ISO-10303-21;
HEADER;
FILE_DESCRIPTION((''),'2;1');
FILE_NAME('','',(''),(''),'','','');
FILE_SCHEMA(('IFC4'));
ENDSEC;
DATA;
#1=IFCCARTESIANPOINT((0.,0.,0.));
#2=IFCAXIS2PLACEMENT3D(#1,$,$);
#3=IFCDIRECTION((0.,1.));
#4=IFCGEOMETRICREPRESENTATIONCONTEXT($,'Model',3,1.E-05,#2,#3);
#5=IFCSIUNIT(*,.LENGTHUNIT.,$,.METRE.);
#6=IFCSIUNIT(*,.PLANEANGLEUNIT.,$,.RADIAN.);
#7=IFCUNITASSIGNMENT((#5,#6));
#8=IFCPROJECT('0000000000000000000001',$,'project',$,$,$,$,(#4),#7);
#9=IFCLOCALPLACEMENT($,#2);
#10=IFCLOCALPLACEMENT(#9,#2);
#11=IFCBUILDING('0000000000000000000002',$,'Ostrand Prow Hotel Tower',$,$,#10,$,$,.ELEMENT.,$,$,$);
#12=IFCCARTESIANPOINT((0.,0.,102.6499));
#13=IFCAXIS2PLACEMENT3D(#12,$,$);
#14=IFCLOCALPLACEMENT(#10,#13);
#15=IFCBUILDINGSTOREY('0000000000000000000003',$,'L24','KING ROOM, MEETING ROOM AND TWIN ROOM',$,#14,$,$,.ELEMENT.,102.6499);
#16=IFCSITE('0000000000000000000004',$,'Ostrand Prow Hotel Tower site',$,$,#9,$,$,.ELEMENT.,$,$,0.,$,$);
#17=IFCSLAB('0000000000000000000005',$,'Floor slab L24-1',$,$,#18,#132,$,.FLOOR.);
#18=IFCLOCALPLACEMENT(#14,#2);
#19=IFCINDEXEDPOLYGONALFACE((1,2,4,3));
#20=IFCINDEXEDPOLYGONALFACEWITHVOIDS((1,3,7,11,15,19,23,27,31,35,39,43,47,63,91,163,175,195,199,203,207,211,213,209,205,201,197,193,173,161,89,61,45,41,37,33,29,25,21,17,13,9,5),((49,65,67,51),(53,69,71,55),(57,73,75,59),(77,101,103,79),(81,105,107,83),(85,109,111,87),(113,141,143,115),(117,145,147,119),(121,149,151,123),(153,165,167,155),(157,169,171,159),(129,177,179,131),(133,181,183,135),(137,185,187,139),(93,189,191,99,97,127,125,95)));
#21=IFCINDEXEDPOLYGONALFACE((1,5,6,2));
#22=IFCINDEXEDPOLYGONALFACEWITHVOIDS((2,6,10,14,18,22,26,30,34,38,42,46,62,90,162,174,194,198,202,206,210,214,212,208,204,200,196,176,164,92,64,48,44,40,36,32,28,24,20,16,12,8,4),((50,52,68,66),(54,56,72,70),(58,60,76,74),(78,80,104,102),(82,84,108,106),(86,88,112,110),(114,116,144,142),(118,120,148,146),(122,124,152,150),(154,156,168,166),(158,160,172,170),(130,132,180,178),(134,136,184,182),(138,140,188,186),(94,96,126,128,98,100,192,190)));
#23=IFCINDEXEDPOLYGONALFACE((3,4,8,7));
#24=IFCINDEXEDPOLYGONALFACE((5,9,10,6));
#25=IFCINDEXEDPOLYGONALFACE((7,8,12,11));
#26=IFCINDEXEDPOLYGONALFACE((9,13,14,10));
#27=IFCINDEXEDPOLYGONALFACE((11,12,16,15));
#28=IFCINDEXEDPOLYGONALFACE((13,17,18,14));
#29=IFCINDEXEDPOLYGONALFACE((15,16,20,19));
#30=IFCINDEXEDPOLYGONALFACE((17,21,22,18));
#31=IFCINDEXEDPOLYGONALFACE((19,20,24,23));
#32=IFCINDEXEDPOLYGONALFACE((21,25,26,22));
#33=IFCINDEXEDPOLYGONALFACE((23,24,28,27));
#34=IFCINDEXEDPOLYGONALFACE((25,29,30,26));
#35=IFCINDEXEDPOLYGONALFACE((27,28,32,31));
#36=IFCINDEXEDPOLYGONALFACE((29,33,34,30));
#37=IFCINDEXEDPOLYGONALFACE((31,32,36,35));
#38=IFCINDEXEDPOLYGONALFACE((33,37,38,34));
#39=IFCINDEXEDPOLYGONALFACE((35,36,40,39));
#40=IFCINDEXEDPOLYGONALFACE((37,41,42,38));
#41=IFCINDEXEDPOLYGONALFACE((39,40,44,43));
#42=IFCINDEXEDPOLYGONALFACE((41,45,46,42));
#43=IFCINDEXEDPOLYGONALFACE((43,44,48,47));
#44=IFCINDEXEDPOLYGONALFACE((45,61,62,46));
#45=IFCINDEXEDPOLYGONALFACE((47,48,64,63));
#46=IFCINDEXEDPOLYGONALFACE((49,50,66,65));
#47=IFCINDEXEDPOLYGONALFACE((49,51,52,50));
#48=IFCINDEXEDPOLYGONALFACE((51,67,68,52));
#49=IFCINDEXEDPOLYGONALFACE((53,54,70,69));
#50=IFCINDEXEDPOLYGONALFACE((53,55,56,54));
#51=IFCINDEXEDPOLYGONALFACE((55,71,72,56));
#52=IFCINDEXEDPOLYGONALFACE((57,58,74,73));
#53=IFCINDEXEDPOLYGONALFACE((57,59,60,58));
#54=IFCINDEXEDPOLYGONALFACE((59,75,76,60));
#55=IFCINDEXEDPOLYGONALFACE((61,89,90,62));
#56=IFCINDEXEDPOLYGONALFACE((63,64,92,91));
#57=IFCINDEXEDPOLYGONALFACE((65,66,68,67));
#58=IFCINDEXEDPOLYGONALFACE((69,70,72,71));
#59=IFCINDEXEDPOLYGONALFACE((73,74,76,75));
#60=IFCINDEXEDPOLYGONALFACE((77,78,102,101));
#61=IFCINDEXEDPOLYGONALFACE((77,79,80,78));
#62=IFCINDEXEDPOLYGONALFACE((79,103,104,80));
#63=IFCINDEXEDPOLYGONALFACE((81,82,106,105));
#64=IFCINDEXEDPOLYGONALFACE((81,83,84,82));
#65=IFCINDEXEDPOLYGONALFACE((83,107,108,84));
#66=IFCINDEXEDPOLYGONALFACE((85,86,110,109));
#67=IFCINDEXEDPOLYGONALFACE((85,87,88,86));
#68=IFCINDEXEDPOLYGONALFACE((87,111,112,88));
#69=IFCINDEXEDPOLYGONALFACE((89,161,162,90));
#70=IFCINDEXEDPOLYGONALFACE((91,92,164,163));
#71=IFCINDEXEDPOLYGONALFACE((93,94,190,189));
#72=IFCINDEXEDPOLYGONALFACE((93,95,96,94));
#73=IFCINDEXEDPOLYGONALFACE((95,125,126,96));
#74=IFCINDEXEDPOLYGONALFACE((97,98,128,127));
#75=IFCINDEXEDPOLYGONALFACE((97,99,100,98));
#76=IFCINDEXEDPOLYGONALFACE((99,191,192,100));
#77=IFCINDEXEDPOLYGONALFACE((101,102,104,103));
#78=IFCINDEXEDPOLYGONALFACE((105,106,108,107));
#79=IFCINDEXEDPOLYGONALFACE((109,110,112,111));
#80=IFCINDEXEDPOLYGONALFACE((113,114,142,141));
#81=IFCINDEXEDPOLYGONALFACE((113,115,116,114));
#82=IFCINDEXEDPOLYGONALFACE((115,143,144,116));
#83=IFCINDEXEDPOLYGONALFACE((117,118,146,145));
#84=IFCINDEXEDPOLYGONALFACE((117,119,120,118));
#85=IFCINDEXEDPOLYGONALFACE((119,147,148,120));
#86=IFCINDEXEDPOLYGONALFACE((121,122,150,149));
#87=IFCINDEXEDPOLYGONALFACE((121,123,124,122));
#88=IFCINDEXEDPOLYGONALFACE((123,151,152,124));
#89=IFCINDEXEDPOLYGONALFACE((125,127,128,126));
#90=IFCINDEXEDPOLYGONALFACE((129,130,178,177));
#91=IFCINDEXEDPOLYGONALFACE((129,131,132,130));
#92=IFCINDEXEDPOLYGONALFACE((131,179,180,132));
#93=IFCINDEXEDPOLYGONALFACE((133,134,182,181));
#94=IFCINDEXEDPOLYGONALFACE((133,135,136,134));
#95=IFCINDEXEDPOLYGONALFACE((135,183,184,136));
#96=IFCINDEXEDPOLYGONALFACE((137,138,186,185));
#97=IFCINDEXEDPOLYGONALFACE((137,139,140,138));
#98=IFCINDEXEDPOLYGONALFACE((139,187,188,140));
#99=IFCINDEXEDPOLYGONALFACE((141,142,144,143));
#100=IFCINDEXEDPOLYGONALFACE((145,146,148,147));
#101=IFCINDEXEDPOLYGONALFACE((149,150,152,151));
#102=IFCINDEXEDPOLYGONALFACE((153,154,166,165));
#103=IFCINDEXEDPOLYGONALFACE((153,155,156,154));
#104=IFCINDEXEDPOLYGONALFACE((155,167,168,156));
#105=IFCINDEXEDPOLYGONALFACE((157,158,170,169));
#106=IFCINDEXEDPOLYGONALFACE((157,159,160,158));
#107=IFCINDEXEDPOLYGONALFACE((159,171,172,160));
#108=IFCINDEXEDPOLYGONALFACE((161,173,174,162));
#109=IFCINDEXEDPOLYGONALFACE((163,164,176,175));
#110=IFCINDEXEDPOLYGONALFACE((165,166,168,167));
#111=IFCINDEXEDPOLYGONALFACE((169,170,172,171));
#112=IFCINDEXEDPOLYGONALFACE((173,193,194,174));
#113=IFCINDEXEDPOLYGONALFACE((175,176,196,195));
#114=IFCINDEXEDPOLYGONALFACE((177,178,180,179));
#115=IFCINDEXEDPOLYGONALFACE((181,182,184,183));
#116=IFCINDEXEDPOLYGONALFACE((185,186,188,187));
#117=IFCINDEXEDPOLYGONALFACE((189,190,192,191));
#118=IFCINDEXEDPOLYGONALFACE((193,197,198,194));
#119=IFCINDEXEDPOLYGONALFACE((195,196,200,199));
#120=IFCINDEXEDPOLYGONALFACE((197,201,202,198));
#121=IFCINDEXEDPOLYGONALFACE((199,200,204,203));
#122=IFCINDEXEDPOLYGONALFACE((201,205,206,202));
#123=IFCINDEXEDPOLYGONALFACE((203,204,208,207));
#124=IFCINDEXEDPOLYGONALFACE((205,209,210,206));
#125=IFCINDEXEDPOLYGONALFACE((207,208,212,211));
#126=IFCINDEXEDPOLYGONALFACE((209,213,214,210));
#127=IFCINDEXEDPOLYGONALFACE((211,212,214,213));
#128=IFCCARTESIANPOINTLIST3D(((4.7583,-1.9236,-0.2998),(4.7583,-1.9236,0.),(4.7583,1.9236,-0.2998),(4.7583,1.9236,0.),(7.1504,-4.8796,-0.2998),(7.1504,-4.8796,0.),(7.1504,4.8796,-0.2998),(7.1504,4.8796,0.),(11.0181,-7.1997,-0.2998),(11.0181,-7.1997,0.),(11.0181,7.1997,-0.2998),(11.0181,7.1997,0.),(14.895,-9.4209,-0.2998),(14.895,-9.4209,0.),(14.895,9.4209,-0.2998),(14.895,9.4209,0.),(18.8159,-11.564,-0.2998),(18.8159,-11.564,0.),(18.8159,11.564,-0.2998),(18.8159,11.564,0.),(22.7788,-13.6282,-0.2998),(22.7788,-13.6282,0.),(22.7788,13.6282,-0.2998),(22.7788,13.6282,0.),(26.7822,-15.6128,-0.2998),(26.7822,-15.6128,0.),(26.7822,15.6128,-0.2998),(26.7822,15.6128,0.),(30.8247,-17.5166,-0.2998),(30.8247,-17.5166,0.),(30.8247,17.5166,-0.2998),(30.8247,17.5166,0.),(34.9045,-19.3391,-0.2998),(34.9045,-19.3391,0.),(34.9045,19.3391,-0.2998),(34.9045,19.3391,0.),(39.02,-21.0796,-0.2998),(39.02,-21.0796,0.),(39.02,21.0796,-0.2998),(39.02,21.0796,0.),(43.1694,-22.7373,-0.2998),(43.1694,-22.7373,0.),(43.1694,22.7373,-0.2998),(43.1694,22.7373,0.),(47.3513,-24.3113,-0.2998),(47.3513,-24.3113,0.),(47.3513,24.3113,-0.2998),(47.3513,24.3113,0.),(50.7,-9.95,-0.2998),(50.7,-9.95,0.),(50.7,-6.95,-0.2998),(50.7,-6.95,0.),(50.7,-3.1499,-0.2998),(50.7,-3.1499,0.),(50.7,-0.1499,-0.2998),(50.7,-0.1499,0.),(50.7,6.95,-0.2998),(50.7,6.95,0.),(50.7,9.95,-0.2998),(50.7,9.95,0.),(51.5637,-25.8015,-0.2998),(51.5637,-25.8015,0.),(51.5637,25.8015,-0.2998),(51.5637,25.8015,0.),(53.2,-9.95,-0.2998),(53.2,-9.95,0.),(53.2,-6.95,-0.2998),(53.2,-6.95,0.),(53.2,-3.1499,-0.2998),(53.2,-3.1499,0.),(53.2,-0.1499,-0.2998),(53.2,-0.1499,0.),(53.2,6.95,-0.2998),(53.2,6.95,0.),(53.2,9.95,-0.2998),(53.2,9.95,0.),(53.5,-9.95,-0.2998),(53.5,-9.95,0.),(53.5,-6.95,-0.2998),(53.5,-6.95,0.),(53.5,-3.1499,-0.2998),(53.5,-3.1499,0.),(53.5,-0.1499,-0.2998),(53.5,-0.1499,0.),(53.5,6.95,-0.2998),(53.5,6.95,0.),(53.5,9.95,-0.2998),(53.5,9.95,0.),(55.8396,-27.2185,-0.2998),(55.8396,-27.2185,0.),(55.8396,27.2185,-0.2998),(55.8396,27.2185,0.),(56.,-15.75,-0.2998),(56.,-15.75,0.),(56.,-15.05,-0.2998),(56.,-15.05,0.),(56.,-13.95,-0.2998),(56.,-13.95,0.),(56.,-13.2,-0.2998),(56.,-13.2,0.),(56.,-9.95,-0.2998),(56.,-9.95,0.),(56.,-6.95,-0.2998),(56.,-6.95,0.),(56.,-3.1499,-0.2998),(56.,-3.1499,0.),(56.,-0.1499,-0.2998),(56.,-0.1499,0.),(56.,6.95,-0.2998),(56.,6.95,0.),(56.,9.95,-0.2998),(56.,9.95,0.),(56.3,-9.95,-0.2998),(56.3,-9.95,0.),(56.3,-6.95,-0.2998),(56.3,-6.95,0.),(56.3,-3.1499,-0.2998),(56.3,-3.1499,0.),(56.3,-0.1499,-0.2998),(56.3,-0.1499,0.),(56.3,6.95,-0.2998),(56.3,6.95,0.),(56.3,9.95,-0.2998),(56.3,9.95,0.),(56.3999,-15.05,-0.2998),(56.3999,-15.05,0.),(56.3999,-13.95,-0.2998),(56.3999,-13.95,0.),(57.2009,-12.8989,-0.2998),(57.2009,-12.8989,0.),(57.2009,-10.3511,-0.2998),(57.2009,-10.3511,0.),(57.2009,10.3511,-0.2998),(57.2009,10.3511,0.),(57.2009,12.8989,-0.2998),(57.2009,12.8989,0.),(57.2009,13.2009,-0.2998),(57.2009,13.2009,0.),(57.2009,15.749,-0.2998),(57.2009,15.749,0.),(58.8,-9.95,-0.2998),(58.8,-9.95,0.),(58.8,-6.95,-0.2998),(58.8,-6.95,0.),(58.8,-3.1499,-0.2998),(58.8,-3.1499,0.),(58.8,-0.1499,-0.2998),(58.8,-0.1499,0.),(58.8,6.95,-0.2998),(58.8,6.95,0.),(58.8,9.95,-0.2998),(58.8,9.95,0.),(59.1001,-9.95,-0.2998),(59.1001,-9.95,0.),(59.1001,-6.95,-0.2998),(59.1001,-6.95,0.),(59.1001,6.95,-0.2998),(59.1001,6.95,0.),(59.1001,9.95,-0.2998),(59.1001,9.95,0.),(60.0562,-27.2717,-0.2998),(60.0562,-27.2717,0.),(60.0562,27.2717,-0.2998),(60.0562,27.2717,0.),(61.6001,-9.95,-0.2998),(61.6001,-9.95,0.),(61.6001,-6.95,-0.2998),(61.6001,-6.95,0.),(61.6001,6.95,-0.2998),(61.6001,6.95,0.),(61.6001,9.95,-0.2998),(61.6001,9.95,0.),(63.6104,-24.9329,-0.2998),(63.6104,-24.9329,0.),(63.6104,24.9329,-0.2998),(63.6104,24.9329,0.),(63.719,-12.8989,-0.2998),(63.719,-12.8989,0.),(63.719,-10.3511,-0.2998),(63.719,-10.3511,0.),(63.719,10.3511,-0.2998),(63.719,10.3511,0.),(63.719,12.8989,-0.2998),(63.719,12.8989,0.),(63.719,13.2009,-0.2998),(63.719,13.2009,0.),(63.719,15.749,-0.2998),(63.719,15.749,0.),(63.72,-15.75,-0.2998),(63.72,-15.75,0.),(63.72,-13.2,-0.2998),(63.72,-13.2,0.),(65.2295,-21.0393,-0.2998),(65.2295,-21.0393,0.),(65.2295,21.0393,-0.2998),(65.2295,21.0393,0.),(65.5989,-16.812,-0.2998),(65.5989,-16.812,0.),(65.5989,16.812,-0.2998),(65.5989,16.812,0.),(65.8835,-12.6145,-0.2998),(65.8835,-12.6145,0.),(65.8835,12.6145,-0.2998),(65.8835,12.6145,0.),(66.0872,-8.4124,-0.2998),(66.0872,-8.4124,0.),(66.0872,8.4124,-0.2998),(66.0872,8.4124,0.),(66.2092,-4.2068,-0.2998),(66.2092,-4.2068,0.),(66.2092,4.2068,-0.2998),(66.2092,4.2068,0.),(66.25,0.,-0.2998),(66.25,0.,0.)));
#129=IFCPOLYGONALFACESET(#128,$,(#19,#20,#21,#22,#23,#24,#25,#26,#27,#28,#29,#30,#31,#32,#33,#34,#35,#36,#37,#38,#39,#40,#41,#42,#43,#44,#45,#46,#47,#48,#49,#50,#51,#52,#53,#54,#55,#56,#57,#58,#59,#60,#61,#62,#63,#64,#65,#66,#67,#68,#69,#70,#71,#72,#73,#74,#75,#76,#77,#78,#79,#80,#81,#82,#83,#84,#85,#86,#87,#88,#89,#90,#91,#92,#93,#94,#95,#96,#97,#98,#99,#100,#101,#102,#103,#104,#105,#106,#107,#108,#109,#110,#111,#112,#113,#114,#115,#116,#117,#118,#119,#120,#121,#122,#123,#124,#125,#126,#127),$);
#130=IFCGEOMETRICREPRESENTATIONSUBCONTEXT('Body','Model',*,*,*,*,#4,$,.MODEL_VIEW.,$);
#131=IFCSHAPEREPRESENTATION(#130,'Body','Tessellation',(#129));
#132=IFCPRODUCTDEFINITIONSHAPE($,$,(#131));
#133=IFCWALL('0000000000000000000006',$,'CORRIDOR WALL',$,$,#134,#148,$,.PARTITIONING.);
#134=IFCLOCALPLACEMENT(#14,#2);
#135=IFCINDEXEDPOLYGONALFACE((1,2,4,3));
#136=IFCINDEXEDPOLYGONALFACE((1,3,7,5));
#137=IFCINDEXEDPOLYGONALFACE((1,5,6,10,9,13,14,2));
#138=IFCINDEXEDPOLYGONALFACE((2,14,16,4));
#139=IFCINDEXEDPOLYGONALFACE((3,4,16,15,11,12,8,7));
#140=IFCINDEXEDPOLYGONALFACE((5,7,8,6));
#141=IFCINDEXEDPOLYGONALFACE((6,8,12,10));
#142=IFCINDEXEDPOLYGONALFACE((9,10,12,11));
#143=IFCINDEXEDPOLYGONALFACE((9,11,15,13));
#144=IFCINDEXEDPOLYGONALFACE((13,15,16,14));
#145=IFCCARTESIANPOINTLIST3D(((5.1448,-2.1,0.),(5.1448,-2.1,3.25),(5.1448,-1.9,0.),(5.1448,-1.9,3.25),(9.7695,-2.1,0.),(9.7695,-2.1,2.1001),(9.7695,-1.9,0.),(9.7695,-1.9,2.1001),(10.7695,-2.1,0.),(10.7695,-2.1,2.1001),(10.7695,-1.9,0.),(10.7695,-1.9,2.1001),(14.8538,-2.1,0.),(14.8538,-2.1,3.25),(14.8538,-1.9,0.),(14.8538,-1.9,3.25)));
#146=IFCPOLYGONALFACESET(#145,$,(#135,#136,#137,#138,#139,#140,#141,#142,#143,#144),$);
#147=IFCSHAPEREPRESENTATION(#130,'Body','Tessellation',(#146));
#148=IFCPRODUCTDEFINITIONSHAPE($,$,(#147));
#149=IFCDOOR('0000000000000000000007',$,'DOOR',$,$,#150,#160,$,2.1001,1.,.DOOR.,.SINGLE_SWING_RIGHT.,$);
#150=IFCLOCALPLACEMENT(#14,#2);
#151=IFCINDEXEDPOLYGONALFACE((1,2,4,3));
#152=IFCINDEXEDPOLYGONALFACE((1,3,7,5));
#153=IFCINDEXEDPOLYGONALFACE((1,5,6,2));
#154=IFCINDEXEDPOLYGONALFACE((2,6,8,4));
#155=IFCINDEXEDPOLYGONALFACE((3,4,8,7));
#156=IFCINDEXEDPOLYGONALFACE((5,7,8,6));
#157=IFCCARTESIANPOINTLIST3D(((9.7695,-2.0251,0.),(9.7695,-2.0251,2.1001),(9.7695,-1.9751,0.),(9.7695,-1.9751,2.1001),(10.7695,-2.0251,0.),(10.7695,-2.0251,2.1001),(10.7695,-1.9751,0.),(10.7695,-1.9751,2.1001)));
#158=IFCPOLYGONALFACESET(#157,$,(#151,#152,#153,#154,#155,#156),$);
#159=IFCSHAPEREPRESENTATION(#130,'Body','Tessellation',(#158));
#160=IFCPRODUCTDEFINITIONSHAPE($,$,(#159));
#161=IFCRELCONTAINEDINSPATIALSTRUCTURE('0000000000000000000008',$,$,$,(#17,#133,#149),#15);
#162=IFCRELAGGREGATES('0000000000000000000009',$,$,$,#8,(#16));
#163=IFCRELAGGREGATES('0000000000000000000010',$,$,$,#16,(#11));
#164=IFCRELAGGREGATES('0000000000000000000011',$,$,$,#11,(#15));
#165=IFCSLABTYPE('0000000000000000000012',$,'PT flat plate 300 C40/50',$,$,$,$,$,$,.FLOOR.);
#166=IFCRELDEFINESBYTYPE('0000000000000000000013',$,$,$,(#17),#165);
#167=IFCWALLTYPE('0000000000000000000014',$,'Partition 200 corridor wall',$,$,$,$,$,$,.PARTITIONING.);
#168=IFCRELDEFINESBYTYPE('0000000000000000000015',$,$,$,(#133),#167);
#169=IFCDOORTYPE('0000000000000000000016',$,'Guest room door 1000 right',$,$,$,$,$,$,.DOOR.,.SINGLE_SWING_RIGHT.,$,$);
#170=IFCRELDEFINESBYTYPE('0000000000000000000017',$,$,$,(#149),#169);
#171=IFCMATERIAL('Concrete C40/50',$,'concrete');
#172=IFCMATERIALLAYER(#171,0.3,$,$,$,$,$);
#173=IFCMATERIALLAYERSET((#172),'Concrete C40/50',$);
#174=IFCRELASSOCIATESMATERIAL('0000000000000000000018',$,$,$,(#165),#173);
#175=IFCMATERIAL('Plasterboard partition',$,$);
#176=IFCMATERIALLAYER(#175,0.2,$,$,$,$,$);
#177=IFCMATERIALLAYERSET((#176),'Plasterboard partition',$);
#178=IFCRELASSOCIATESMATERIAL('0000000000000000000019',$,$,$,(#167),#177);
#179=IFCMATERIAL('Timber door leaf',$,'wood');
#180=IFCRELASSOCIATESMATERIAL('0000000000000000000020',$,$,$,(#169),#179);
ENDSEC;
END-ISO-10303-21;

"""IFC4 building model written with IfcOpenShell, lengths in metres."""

from ifc_helpers import new_model, si_unit, direction, frame, frame_2d, origin, place, context, subcontext, project, spatial, polyline, rectangle, outline, extrude, material, layer, layer_set, type_object, element, fill, save


model = new_model("IFC4")

# Units and contexts
model_context = context("Model", 3, precision=1e-05, world=origin(), true_north=direction((0.0, 1.0)))
body_context = subcontext(model_context, "Body", "Model", "MODEL_VIEW")
ifc_project = project(units=[si_unit("LENGTHUNIT", "METRE"), si_unit("PLANEANGLEUNIT", "RADIAN")], contexts=[model_context])

# Site, building, storey
site_placement = place(None, origin())
site = spatial("IfcSite", under=ifc_project, at=site_placement, Name="Ostrand Prow Hotel Tower site", CompositionType="ELEMENT", RefElevation=0.0)
building_placement = place(site_placement, origin())
building = spatial("IfcBuilding", under=site, at=building_placement, Name="Ostrand Prow Hotel Tower", CompositionType="ELEMENT")
storey_placement = place(building_placement, frame((0.0, 0.0, 102.6499)))
storey = spatial("IfcBuildingStorey", under=building, at=storey_placement, Name="L24", Description="KING ROOM, MEETING ROOM AND TWIN ROOM", CompositionType="ELEMENT", Elevation=102.6499)

# Slab, opening
ifc_material_1 = material(Name="Concrete C40/50", Category="concrete")
ifc_layer_1 = layer(ifc_material_1, 0.3)
ifc_layer_set_1 = layer_set([ifc_layer_1], Name="Concrete C40/50")
slab_type = type_object("IfcSlabType", Name="PT flat plate 300 C40/50", PredefinedType="FLOOR", material=ifc_layer_set_1)
slab_placement = place(storey_placement, frame((0.0, 0.0, -0.2998)))
slab = element("IfcSlab", 1, at=slab_placement, inside=storey, type_object=slab_type, Name="Floor slab L24-1", PredefinedType="FLOOR", context=body_context, shape_type="SweptSolid", body=[
    extrude(outline(polyline([(7.1504, 4.8796), (11.0181, 7.1997), (14.895, 9.4209), (18.8159, 11.564), (22.7788, 13.6282), (26.7822, 15.6128), (30.8247, 17.5166), (34.9045, 19.3391), (39.02, 21.0796), (43.1694, 22.7373), (47.3513, 24.3113), (51.5637, 25.8015), (55.8396, 27.2185), (60.0562, 27.2717), (63.6104, 24.9329), (65.2295, 21.0393), (65.5989, 16.812), (65.8835, 12.6145), (66.0872, 8.4124), (66.2092, 4.2068), (66.25, 0.0), (66.2092, -4.2068), (66.0872, -8.4124), (65.8835, -12.6145), (65.5989, -16.812), (65.2295, -21.0393), (63.6104, -24.9329), (60.0562, -27.2717), (55.8396, -27.2185), (51.5637, -25.8015), (47.3513, -24.3113), (43.1694, -22.7373), (39.02, -21.0796), (34.9045, -19.3391), (30.8247, -17.5166), (26.7822, -15.6128), (22.7788, -13.6282), (18.8159, -11.564), (14.895, -9.4209), (11.0181, -7.1997), (7.1504, -4.8796), (4.7583, -1.9236), (4.7583, 1.9236), (7.1504, 4.8796)]), holes=[polyline([(50.7, 6.95), (53.2, 6.95), (53.2, 9.95), (50.7, 9.95), (50.7, 6.95)]), polyline([(53.5, 6.95), (56.0, 6.95), (56.0, 9.95), (53.5, 9.95), (53.5, 6.95)]), polyline([(56.3, 6.95), (58.8, 6.95), (58.8, 9.95), (56.3, 9.95), (56.3, 6.95)]), polyline([(59.1001, 6.95), (61.6001, 6.95), (61.6001, 9.95), (59.1001, 9.95), (59.1001, 6.95)]), polyline([(50.7, -3.1499), (53.2, -3.1499), (53.2, -0.1499), (50.7, -0.1499), (50.7, -3.1499)]), polyline([(53.5, -3.1499), (56.0, -3.1499), (56.0, -0.1499), (53.5, -0.1499), (53.5, -3.1499)]), polyline([(56.3, -3.1499), (58.8, -3.1499), (58.8, -0.1499), (56.3, -0.1499), (56.3, -3.1499)]), polyline([(50.7, -9.95), (53.2, -9.95), (53.2, -6.95), (50.7, -6.95), (50.7, -9.95)]), polyline([(53.5, -9.95), (56.0, -9.95), (56.0, -6.95), (53.5, -6.95), (53.5, -9.95)]), polyline([(56.3, -9.95), (58.8, -9.95), (58.8, -6.95), (56.3, -6.95), (56.3, -9.95)]), polyline([(59.1001, -9.95), (61.6001, -9.95), (61.6001, -6.95), (59.1001, -6.95), (59.1001, -9.95)]), polyline([(57.2009, 10.3511), (57.2009, 12.8989), (63.719, 12.8989), (63.719, 10.3511), (57.2009, 10.3511)]), polyline([(57.2009, 13.2009), (57.2009, 15.749), (63.719, 15.749), (63.719, 13.2009), (57.2009, 13.2009)]), polyline([(57.2009, -12.8989), (57.2009, -10.3511), (63.719, -10.3511), (63.719, -12.8989), (57.2009, -12.8989)]), polyline([(56.0, -13.2), (63.72, -13.2), (63.72, -15.75), (56.0, -15.75), (56.0, -15.05), (56.3999, -15.05), (56.3999, -13.95), (56.0, -13.95), (56.0, -13.2)])]), origin(), (0.0, 0.0, 1.0), 0.2998),
])
opening_1_placement = place(slab_placement, origin())
element("IfcOpeningElement", 2, at=opening_1_placement, cuts=slab, PredefinedType="OPENING", context=body_context, shape_type="SweptSolid", body=[
    extrude(outline(polyline([(56.0, -13.2), (63.72, -13.2), (63.72, -15.75), (56.0, -15.75), (56.0, -15.05), (56.3999, -15.05), (56.3999, -13.95), (56.0, -13.95), (56.0, -13.2)])), origin(), (0.0, 0.0, 1.0), 0.2998),
])

# Wall, opening, door
ifc_material_2 = material(Name="Plasterboard partition")
ifc_layer_2 = layer(ifc_material_2, 0.2)
ifc_layer_set_2 = layer_set([ifc_layer_2], Name="Plasterboard partition")
wall_type_1 = type_object("IfcWallType", Name="Partition 200 corridor wall", PredefinedType="PARTITIONING", material=ifc_layer_set_2)
wall_1_placement = place(storey_placement, frame((5.1448, -2.0, 0.0), z_axis=(0.0, 0.0, 1.0), x_axis=(1.0, 0.0, 0.0)))
wall_1 = element("IfcWall", 3, at=wall_1_placement, inside=storey, type_object=wall_type_1, Name="CORRIDOR WALL", PredefinedType="PARTITIONING", context=body_context, shape_type="SweptSolid", body=[
    extrude(rectangle(XDim=9.709, YDim=0.2, at=frame_2d((4.8545, 0.0))), origin(), (0.0, 0.0, 1.0), 3.25),
])
opening_2_placement = place(wall_1_placement, frame((4.6248, 0.0, 0.0)))
opening_2 = element("IfcOpeningElement", 4, at=opening_2_placement, cuts=wall_1, PredefinedType="OPENING", context=body_context, shape_type="SweptSolid", body=[
    extrude(rectangle(XDim=1.0, YDim=2.1001, at=frame_2d((0.5, 1.05))), frame((0.0, 0.1099, 0.0), z_axis=(0.0, -1.0, 0.0), x_axis=(1.0, 0.0, 0.0)), (0.0, 0.0, 1.0), 0.22),
])
ifc_material_3 = material(Name="Timber door leaf", Category="wood")
door_type = type_object("IfcDoorType", Name="Guest room door 1000 right", OperationType="SINGLE_SWING_RIGHT", PredefinedType="DOOR", material=ifc_material_3)
door_placement = place(opening_2_placement, origin())
door = element("IfcDoor", 5, at=door_placement, inside=storey, type_object=door_type, Name="DOOR", OperationType="SINGLE_SWING_RIGHT", OverallHeight=2.1001, OverallWidth=1.0, PredefinedType="DOOR", context=body_context, shape_type="SweptSolid", body=[
    extrude(rectangle(XDim=1.0, YDim=2.1001, at=frame_2d((0.5, 1.05))), frame((0.0, 0.0249, 0.0), z_axis=(0.0, -1.0, 0.0), x_axis=(1.0, 0.0, 0.0)), (0.0, 0.0, 1.0), 0.05),
])
fill(opening_2, door)

save(model, "model.ifc")
